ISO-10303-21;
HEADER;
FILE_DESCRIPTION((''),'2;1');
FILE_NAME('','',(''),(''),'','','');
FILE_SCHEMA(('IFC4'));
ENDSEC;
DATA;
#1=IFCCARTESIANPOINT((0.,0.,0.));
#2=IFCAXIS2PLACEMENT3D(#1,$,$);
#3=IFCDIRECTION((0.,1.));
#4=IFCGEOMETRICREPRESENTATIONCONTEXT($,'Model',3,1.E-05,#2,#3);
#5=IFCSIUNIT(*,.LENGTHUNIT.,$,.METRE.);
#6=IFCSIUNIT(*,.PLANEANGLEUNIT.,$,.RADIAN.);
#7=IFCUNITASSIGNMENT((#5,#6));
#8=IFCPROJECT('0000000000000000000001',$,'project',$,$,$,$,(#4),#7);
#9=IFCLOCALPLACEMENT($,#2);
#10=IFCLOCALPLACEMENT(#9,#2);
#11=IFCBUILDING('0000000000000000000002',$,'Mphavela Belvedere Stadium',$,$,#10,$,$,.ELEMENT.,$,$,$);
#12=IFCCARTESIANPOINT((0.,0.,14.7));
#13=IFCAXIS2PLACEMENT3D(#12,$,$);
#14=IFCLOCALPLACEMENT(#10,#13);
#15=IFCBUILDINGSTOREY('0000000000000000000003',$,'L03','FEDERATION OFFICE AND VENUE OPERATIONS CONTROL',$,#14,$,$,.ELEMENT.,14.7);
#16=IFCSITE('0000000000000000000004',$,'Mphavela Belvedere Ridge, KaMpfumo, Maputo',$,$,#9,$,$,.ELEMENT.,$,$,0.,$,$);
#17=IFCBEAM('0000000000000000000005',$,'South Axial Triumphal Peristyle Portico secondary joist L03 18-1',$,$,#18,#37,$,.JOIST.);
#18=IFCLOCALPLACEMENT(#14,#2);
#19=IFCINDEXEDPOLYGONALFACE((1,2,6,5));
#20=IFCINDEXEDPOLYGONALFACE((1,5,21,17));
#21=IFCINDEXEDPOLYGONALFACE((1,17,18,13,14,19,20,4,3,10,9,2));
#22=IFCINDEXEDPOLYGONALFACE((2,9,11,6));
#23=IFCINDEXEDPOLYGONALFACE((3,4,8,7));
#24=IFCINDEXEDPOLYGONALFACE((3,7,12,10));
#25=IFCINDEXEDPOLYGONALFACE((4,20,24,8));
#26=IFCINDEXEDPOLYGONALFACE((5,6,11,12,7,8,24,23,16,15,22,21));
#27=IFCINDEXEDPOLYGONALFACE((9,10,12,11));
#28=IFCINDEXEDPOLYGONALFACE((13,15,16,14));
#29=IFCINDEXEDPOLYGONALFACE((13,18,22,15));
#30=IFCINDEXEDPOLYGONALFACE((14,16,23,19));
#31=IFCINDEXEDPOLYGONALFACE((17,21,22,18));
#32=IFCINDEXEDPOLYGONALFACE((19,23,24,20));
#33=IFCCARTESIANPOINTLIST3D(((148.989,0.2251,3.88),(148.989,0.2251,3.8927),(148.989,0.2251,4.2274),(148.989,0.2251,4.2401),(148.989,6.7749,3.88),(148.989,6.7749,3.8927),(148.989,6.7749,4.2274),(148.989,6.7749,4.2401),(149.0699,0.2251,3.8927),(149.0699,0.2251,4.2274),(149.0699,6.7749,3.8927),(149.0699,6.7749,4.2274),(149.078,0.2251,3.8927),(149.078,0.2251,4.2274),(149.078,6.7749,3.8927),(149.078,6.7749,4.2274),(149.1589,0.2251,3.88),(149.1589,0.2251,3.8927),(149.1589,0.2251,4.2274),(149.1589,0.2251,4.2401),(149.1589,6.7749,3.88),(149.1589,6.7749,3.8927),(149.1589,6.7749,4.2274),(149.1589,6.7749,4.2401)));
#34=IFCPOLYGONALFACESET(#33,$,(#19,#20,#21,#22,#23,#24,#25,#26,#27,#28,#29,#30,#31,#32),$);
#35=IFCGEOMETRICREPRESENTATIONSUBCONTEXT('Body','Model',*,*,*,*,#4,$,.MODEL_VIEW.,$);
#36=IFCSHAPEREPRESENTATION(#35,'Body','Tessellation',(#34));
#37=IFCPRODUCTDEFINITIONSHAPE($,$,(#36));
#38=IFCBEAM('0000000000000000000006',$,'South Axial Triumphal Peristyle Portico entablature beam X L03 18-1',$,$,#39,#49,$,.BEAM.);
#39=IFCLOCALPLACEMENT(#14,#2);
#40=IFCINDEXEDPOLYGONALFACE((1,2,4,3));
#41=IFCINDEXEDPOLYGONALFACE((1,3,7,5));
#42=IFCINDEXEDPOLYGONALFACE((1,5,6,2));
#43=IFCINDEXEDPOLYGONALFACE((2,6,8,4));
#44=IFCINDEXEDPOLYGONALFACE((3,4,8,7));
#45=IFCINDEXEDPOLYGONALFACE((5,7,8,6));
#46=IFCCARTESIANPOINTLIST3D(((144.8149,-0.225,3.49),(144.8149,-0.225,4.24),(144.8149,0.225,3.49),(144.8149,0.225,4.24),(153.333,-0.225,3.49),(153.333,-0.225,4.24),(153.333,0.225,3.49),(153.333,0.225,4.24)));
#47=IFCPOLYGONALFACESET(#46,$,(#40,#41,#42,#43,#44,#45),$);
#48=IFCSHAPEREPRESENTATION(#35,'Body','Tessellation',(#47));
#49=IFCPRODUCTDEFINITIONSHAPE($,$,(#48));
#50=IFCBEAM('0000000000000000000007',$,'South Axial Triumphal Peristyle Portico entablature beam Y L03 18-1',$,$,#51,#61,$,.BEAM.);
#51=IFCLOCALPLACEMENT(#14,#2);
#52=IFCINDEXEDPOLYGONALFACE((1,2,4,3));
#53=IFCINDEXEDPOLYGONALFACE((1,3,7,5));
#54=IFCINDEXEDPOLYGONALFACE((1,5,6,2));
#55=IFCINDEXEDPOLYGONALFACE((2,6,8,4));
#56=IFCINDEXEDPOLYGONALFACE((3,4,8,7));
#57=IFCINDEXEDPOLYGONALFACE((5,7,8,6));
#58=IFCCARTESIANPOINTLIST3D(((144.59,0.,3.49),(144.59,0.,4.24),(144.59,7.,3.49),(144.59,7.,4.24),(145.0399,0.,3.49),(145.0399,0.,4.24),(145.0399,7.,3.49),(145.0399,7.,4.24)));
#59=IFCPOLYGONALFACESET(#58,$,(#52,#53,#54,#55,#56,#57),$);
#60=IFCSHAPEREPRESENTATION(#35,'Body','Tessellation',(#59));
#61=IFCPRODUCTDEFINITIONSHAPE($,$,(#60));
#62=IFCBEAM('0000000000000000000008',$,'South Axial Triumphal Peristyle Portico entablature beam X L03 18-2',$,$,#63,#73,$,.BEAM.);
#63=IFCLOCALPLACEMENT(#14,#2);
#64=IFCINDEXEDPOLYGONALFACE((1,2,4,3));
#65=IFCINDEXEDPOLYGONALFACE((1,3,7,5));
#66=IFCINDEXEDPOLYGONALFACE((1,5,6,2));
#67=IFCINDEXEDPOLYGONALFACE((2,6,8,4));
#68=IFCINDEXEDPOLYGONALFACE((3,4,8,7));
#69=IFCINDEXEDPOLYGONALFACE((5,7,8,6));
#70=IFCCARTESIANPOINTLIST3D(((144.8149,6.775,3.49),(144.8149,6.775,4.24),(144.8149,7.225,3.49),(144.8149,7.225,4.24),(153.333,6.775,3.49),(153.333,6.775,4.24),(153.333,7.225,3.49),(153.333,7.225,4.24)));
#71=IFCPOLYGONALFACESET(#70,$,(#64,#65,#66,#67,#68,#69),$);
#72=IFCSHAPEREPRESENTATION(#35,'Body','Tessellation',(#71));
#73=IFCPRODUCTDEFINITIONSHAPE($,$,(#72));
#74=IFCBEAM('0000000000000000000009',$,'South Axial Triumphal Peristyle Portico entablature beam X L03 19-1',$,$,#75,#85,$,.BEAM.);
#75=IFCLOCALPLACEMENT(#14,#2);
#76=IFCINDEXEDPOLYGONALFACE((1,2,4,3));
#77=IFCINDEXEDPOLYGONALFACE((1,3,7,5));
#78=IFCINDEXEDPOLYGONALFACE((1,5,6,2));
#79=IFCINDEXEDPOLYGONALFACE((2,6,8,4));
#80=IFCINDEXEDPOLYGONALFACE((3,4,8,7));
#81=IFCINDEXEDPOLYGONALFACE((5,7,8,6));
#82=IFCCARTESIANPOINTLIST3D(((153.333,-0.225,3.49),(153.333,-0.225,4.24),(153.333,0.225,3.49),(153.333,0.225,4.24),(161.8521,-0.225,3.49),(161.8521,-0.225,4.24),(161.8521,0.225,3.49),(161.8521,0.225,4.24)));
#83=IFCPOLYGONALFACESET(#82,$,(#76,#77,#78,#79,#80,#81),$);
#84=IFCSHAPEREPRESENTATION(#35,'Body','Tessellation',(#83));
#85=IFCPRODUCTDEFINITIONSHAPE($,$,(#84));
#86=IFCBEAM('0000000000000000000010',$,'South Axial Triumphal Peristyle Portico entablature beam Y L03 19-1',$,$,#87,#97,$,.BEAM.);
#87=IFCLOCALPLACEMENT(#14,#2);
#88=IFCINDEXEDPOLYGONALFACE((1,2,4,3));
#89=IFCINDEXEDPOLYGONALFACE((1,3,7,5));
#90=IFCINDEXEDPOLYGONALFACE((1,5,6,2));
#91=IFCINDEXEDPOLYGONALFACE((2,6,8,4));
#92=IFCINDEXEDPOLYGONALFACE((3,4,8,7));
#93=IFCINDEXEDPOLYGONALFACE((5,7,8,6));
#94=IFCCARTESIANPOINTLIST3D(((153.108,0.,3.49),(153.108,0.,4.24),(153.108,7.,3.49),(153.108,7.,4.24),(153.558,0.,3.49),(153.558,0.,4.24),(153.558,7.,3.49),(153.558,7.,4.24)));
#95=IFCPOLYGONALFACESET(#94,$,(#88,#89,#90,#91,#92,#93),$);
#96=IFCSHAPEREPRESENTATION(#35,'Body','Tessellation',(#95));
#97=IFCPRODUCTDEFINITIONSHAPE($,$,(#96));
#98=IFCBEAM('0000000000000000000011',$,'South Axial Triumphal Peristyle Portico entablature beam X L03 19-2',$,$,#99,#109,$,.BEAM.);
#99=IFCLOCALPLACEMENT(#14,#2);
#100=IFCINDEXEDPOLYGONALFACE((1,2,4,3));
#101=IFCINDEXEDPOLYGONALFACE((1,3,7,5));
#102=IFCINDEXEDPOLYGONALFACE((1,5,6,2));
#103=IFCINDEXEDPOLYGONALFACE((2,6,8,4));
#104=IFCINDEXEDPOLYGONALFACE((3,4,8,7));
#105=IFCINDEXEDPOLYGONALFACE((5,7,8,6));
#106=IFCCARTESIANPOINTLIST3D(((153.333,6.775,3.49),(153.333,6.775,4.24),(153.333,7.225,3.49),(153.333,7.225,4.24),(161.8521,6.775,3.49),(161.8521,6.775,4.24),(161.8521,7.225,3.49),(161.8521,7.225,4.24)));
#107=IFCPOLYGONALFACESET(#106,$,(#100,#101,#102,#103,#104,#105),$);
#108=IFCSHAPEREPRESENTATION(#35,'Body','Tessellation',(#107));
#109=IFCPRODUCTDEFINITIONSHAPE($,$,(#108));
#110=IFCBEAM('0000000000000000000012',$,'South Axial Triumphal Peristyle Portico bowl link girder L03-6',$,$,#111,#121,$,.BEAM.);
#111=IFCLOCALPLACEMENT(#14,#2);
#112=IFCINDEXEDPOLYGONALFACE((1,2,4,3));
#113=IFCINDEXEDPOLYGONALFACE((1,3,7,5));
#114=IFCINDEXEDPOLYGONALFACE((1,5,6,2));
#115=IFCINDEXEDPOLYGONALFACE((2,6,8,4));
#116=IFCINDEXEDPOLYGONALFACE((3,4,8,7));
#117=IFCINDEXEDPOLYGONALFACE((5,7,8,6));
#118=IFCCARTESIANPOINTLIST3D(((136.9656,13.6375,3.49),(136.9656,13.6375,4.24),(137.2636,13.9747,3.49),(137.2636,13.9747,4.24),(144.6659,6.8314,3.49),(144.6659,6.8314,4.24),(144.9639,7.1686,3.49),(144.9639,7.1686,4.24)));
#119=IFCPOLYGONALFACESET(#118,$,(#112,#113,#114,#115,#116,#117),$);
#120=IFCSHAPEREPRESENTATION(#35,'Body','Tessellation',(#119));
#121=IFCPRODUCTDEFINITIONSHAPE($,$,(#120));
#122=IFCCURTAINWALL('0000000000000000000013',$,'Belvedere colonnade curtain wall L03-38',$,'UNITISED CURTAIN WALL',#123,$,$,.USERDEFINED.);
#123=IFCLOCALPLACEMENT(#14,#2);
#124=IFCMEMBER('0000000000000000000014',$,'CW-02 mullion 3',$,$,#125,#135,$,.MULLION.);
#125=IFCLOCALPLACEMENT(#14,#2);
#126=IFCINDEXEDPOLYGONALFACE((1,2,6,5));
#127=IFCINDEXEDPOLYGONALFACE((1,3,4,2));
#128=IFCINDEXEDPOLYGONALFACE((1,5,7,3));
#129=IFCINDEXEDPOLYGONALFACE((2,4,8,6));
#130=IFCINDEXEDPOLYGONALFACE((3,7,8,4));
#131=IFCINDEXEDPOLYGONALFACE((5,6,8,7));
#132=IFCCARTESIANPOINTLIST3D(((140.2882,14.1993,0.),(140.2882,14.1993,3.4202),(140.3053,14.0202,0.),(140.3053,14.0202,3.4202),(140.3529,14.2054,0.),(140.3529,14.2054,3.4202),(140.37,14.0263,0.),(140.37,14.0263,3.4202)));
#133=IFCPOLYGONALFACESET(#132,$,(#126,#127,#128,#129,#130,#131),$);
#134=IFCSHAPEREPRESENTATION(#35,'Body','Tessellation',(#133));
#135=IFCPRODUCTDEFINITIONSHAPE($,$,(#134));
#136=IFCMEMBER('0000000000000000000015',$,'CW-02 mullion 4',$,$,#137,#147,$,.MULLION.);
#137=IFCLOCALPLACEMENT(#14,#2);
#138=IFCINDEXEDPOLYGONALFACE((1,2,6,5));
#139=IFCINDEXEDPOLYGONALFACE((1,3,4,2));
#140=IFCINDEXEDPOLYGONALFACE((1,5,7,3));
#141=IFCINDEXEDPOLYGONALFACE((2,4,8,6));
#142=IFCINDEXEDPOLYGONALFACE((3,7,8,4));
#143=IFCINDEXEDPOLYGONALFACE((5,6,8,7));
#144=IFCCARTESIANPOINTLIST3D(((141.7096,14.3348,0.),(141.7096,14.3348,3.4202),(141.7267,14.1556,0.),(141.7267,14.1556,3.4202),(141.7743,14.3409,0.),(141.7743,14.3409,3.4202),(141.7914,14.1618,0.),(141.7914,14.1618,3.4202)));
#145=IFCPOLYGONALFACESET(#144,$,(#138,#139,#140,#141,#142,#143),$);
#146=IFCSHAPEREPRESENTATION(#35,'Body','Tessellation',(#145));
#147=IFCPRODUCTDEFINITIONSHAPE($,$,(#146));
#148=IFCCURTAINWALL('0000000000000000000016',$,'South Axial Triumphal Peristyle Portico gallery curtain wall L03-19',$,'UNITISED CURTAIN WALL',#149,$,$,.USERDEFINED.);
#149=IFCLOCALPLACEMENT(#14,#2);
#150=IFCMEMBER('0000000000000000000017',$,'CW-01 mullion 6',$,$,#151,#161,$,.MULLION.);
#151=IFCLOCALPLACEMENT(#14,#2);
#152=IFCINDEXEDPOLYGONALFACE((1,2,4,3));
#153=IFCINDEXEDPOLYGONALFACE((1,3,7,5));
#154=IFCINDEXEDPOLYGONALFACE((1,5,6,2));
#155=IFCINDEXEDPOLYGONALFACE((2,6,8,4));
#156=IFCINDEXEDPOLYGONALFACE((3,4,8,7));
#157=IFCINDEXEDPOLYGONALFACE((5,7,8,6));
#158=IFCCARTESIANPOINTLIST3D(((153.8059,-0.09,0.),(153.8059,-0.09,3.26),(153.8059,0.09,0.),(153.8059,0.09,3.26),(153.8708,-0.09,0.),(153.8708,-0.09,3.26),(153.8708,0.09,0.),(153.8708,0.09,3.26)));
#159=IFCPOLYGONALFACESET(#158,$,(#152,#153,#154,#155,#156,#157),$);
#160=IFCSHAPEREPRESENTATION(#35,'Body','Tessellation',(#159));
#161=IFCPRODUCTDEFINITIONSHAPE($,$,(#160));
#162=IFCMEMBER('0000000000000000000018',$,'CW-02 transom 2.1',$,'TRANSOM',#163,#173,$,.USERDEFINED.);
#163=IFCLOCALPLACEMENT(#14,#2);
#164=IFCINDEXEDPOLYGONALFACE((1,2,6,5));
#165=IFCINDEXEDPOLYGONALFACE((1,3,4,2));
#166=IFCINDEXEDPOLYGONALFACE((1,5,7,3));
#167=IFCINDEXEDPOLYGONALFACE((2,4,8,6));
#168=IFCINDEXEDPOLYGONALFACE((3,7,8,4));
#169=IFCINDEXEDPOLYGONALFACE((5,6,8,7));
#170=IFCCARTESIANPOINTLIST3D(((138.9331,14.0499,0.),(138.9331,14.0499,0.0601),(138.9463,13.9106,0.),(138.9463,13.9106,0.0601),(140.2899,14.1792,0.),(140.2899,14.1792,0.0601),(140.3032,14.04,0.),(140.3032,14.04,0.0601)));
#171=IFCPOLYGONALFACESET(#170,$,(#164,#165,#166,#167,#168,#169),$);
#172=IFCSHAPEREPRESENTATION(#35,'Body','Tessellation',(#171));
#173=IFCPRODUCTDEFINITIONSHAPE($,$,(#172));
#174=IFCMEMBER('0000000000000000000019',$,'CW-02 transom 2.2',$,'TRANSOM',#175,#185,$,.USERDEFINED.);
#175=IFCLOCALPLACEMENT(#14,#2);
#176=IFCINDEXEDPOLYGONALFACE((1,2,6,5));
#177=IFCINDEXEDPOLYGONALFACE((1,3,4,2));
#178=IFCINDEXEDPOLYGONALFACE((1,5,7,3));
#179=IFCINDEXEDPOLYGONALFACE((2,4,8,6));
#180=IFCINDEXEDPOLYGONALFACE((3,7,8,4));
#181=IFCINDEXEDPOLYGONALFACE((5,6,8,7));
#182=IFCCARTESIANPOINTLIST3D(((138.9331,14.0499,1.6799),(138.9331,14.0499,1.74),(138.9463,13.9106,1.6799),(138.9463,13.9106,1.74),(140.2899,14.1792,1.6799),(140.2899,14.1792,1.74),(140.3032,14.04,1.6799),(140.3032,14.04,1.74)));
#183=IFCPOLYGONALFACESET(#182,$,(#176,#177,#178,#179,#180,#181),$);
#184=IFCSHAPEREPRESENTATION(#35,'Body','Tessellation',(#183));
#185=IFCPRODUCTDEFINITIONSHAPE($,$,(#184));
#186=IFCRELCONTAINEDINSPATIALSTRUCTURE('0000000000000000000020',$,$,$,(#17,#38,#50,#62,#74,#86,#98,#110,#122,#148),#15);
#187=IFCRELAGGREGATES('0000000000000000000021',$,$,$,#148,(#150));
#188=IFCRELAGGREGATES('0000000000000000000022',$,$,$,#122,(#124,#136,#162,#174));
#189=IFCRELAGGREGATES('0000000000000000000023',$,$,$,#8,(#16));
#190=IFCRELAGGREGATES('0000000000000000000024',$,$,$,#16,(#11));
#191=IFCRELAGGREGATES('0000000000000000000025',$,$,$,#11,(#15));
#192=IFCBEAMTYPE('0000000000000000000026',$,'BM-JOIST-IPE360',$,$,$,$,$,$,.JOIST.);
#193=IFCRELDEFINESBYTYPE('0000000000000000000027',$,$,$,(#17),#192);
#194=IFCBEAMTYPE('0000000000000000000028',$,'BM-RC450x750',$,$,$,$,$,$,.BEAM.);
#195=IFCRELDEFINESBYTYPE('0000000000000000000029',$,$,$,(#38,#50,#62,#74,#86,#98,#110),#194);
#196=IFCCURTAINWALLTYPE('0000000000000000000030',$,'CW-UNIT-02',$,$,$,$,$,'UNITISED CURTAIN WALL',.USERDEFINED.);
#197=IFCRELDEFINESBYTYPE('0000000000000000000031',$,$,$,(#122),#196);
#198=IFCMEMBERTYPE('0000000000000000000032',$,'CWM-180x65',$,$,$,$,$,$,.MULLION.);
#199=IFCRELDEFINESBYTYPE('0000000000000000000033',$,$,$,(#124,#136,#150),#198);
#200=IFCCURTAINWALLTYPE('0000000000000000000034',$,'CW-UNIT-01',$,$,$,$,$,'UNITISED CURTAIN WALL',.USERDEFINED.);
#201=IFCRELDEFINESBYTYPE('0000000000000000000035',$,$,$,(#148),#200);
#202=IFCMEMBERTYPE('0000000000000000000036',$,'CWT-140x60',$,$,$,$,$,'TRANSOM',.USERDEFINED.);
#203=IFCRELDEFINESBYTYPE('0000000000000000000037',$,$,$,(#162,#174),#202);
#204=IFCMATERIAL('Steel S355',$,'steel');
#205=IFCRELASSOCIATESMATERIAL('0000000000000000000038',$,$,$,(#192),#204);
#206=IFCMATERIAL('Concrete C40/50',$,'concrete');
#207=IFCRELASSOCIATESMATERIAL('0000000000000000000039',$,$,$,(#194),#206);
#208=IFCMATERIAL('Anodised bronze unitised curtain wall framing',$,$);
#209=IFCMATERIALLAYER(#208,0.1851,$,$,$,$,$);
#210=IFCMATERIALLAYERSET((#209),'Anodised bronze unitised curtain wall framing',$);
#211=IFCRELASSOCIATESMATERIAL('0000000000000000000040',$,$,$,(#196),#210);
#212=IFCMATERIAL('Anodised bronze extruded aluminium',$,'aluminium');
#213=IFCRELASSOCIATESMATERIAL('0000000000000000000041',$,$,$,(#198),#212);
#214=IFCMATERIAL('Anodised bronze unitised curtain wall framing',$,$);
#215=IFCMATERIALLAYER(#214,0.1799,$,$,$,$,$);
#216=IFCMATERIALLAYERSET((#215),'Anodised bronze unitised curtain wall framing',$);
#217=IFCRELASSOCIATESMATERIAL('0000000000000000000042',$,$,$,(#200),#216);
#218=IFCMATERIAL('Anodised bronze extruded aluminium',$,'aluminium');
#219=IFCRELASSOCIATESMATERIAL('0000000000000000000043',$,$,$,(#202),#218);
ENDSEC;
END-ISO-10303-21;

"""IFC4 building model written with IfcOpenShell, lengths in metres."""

from ifc_helpers import new_model, si_unit, direction, frame, origin, origin_2d, place, context, subcontext, project, spatial, rectangle, i_section, extrude, material, layer, layer_set, material_profile, profile_set, type_object, element, aggregate, save


model = new_model("IFC4")

# Units and contexts
model_context = context("Model", 3, precision=1e-05, world=origin(), true_north=direction((0.0, 1.0)))
body_context = subcontext(model_context, "Body", "Model", "MODEL_VIEW")
ifc_project = project(units=[si_unit("LENGTHUNIT", "METRE"), si_unit("PLANEANGLEUNIT", "RADIAN")], contexts=[model_context])

# Site, building, storey
site_placement = place(None, origin())
site = spatial("IfcSite", under=ifc_project, at=site_placement, Name="Mphavela Belvedere Ridge, KaMpfumo, Maputo", CompositionType="ELEMENT", RefElevation=0.0)
building_placement = place(site_placement, origin())
building = spatial("IfcBuilding", under=site, at=building_placement, Name="Mphavela Belvedere Stadium", CompositionType="ELEMENT")
storey_placement = place(building_placement, frame((0.0, 0.0, 14.7)))
storey = spatial("IfcBuildingStorey", under=building, at=storey_placement, Name="L03", Description="FEDERATION OFFICE AND VENUE OPERATIONS CONTROL", CompositionType="ELEMENT", Elevation=14.7)

# Beams
ifc_material_1 = material(Name="Steel S355", Category="steel")
ifc_material_profile_1 = material_profile(ifc_material_1, i_section(OverallWidth=0.1699, OverallDepth=0.3601, WebThickness=0.0081, FlangeThickness=0.0127, at=origin_2d()), Name="IPE 360")
ifc_profile_set_1 = profile_set([ifc_material_profile_1], Name="Steel S355")
beam_type_1 = type_object("IfcBeamType", Name="BM-JOIST-IPE360", PredefinedType="JOIST", material=ifc_profile_set_1)
for number, where, z_axis, x_axis, name in (
    (1, (149.074, 0.2251, 4.0601), (0.0, 1.0, 0.0), (-1.0, 0.0, 0.0), "South Axial Triumphal Peristyle Portico secondary joist L03 18-1"),
):
    element("IfcBeam", number, at=place(storey_placement, frame(where, z_axis=z_axis, x_axis=x_axis)), inside=storey, type_object=beam_type_1, Name=name, PredefinedType="JOIST", context=body_context, shape_type="SweptSolid", body=[
        extrude(i_section(OverallWidth=0.1699, OverallDepth=0.3601, WebThickness=0.0081, FlangeThickness=0.0127, at=origin_2d()), origin(), (0.0, 0.0, 1.0), 6.5498),
    ])
ifc_material_2 = material(Name="Concrete C40/50", Category="concrete")
ifc_material_profile_2 = material_profile(ifc_material_2, rectangle(XDim=0.45, YDim=0.75, at=origin_2d()), Name="RC 450x750")
ifc_profile_set_2 = profile_set([ifc_material_profile_2], Name="Concrete C40/50")
beam_type_2 = type_object("IfcBeamType", Name="BM-RC450x750", PredefinedType="BEAM", material=ifc_profile_set_2)
beam_1_placement = place(storey_placement, frame((144.8149, 0.0, 3.865), z_axis=(1.0, 0.0, 0.0), x_axis=(0.0, 1.0, 0.0)))
element("IfcBeam", 2, at=beam_1_placement, inside=storey, type_object=beam_type_2, Name="South Axial Triumphal Peristyle Portico entablature beam X L03 18-1", PredefinedType="BEAM", context=body_context, shape_type="SweptSolid", body=[
    extrude(rectangle(XDim=0.45, YDim=0.75, at=origin_2d()), origin(), (0.0, 0.0, 1.0), 8.5181),
])
beam_2_placement = place(storey_placement, frame((144.8149, 0.0, 3.865), z_axis=(0.0, 1.0, 0.0), x_axis=(-1.0, 0.0, 0.0)))
element("IfcBeam", 3, at=beam_2_placement, inside=storey, type_object=beam_type_2, Name="South Axial Triumphal Peristyle Portico entablature beam Y L03 18-1", PredefinedType="BEAM", context=body_context, shape_type="SweptSolid", body=[
    extrude(rectangle(XDim=0.45, YDim=0.75, at=origin_2d()), origin(), (0.0, 0.0, 1.0), 7.0),
])
beam_3_placement = place(storey_placement, frame((144.8149, 7.0, 3.865), z_axis=(1.0, 0.0, 0.0), x_axis=(0.0, 1.0, 0.0)))
element("IfcBeam", 4, at=beam_3_placement, inside=storey, type_object=beam_type_2, Name="South Axial Triumphal Peristyle Portico entablature beam X L03 18-2", PredefinedType="BEAM", context=body_context, shape_type="SweptSolid", body=[
    extrude(rectangle(XDim=0.45, YDim=0.75, at=origin_2d()), origin(), (0.0, 0.0, 1.0), 8.5181),
])
beam_4_placement = place(storey_placement, frame((153.333, 0.0, 3.865), z_axis=(1.0, 0.0, 0.0), x_axis=(0.0, 1.0, 0.0)))
element("IfcBeam", 5, at=beam_4_placement, inside=storey, type_object=beam_type_2, Name="South Axial Triumphal Peristyle Portico entablature beam X L03 19-1", PredefinedType="BEAM", context=body_context, shape_type="SweptSolid", body=[
    extrude(rectangle(XDim=0.45, YDim=0.75, at=origin_2d()), origin(), (0.0, 0.0, 1.0), 8.519),
])
beam_5_placement = place(storey_placement, frame((153.333, 0.0, 3.865), z_axis=(0.0, 1.0, 0.0), x_axis=(-1.0, 0.0, 0.0)))
element("IfcBeam", 6, at=beam_5_placement, inside=storey, type_object=beam_type_2, Name="South Axial Triumphal Peristyle Portico entablature beam Y L03 19-1", PredefinedType="BEAM", context=body_context, shape_type="SweptSolid", body=[
    extrude(rectangle(XDim=0.45, YDim=0.75, at=origin_2d()), origin(), (0.0, 0.0, 1.0), 7.0),
])
beam_6_placement = place(storey_placement, frame((153.333, 7.0, 3.865), z_axis=(1.0, 0.0, 0.0), x_axis=(0.0, 1.0, 0.0)))
element("IfcBeam", 7, at=beam_6_placement, inside=storey, type_object=beam_type_2, Name="South Axial Triumphal Peristyle Portico entablature beam X L03 19-2", PredefinedType="BEAM", context=body_context, shape_type="SweptSolid", body=[
    extrude(rectangle(XDim=0.45, YDim=0.75, at=origin_2d()), origin(), (0.0, 0.0, 1.0), 8.519),
])
beam_7_placement = place(storey_placement, frame((144.8149, 7.0, 3.865), z_axis=(-0.749275, 0.662259, 0.0), x_axis=(-0.662259, -0.749275, 0.0)))
element("IfcBeam", 8, at=beam_7_placement, inside=storey, type_object=beam_type_2, Name="South Axial Triumphal Peristyle Portico bowl link girder L03-6", PredefinedType="BEAM", context=body_context, shape_type="SweptSolid", body=[
    extrude(rectangle(XDim=0.45, YDim=0.75, at=origin_2d()), origin(), (0.0, 0.0, 1.0), 10.2771),
])

# Curtain wall, members
ifc_material_3 = material(Name="Anodised bronze unitised curtain wall framing")
ifc_layer_1 = layer(ifc_material_3, 0.1851)
ifc_layer_set_1 = layer_set([ifc_layer_1], Name="Anodised bronze unitised curtain wall framing")
curtain_wall_type_1 = type_object("IfcCurtainWallType", Name="CW-UNIT-02", ElementType="UNITISED CURTAIN WALL", PredefinedType="USERDEFINED", material=ifc_layer_set_1)
curtain_wall_1_placement = place(storey_placement, origin())
curtain_wall_1 = element("IfcCurtainWall", 9, at=curtain_wall_1_placement, inside=storey, type_object=curtain_wall_type_1, Name="Belvedere colonnade curtain wall L03-38", ObjectType="UNITISED CURTAIN WALL", PredefinedType="USERDEFINED")
ifc_material_4 = material(Name="Anodised bronze extruded aluminium", Category="aluminium")
ifc_material_profile_3 = material_profile(ifc_material_4, rectangle(XDim=0.1799, YDim=0.0649, at=origin_2d()), Name="CW-MUL 180x65")
ifc_profile_set_3 = profile_set([ifc_material_profile_3], Name="Anodised bronze extruded aluminium")
member_type_1 = type_object("IfcMemberType", Name="CWM-180x65", PredefinedType="MULLION", material=ifc_profile_set_3)
member_1_placement = place(storey_placement, frame((140.3291, 14.1128, 0.0), z_axis=(0.0, 0.0, 1.0), x_axis=(-0.094929, 0.995484, 0.0)))
member_1 = element("IfcMember", 10, at=member_1_placement, type_object=member_type_1, Name="CW-02 mullion 3", PredefinedType="MULLION", context=body_context, shape_type="SweptSolid", body=[
    extrude(rectangle(XDim=0.1799, YDim=0.0649, at=origin_2d()), origin(), (0.0, 0.0, 1.0), 3.4202),
])
member_2_placement = place(storey_placement, frame((141.7505, 14.2483, 0.0), z_axis=(0.0, 0.0, 1.0), x_axis=(-0.094929, 0.995484, 0.0)))
member_2 = element("IfcMember", 11, at=member_2_placement, type_object=member_type_1, Name="CW-02 mullion 4", PredefinedType="MULLION", context=body_context, shape_type="SweptSolid", body=[
    extrude(rectangle(XDim=0.1799, YDim=0.0649, at=origin_2d()), origin(), (0.0, 0.0, 1.0), 3.4202),
])

# Curtain wall, member
ifc_material_5 = material(Name="Anodised bronze unitised curtain wall framing")
ifc_layer_2 = layer(ifc_material_5, 0.1799)
ifc_layer_set_2 = layer_set([ifc_layer_2], Name="Anodised bronze unitised curtain wall framing")
curtain_wall_type_2 = type_object("IfcCurtainWallType", Name="CW-UNIT-01", ElementType="UNITISED CURTAIN WALL", PredefinedType="USERDEFINED", material=ifc_layer_set_2)
curtain_wall_2_placement = place(storey_placement, origin())
curtain_wall_2 = element("IfcCurtainWall", 12, at=curtain_wall_2_placement, inside=storey, type_object=curtain_wall_type_2, Name="South Axial Triumphal Peristyle Portico gallery curtain wall L03-19", ObjectType="UNITISED CURTAIN WALL", PredefinedType="USERDEFINED")
member_3_placement = place(storey_placement, frame((153.8384, 0.0, 0.0), z_axis=(0.0, 0.0, 1.0), x_axis=(0.0, -1.0, 0.0)))
member_3 = element("IfcMember", 13, at=member_3_placement, type_object=member_type_1, Name="CW-01 mullion 6", PredefinedType="MULLION", context=body_context, shape_type="SweptSolid", body=[
    extrude(rectangle(XDim=0.1799, YDim=0.0649, at=origin_2d()), origin(), (0.0, 0.0, 1.0), 3.26),
])
aggregate(curtain_wall_2, [member_3])

# Members
ifc_material_6 = material(Name="Anodised bronze extruded aluminium", Category="aluminium")
ifc_material_profile_4 = material_profile(ifc_material_6, rectangle(XDim=0.1399, YDim=0.0601, at=origin_2d()), Name="CW-TRN 140x60")
ifc_profile_set_4 = profile_set([ifc_material_profile_4], Name="Anodised bronze extruded aluminium")
member_type_2 = type_object("IfcMemberType", Name="CWT-140x60", ElementType="TRANSOM", PredefinedType="USERDEFINED", material=ifc_profile_set_4)
member_4_placement = place(storey_placement, frame((138.9397, 13.9802, 0.03), z_axis=(0.995484, 0.094927, 0.0), x_axis=(-0.094927, 0.995484, 0.0)))
member_4 = element("IfcMember", 14, at=member_4_placement, type_object=member_type_2, Name="CW-02 transom 2.1", ObjectType="TRANSOM", PredefinedType="USERDEFINED", context=body_context, shape_type="SweptSolid", body=[
    extrude(rectangle(XDim=0.1399, YDim=0.0601, at=origin_2d()), origin(), (0.0, 0.0, 1.0), 1.363),
])
member_5_placement = place(storey_placement, frame((138.9397, 13.9802, 1.71), z_axis=(0.995484, 0.094927, 0.0), x_axis=(-0.094927, 0.995484, 0.0)))
member_5 = element("IfcMember", 15, at=member_5_placement, type_object=member_type_2, Name="CW-02 transom 2.2", ObjectType="TRANSOM", PredefinedType="USERDEFINED", context=body_context, shape_type="SweptSolid", body=[
    extrude(rectangle(XDim=0.1399, YDim=0.0601, at=origin_2d()), origin(), (0.0, 0.0, 1.0), 1.363),
])

aggregate(curtain_wall_1, [member_1, member_2, member_4, member_5])

save(model, "model.ifc")
